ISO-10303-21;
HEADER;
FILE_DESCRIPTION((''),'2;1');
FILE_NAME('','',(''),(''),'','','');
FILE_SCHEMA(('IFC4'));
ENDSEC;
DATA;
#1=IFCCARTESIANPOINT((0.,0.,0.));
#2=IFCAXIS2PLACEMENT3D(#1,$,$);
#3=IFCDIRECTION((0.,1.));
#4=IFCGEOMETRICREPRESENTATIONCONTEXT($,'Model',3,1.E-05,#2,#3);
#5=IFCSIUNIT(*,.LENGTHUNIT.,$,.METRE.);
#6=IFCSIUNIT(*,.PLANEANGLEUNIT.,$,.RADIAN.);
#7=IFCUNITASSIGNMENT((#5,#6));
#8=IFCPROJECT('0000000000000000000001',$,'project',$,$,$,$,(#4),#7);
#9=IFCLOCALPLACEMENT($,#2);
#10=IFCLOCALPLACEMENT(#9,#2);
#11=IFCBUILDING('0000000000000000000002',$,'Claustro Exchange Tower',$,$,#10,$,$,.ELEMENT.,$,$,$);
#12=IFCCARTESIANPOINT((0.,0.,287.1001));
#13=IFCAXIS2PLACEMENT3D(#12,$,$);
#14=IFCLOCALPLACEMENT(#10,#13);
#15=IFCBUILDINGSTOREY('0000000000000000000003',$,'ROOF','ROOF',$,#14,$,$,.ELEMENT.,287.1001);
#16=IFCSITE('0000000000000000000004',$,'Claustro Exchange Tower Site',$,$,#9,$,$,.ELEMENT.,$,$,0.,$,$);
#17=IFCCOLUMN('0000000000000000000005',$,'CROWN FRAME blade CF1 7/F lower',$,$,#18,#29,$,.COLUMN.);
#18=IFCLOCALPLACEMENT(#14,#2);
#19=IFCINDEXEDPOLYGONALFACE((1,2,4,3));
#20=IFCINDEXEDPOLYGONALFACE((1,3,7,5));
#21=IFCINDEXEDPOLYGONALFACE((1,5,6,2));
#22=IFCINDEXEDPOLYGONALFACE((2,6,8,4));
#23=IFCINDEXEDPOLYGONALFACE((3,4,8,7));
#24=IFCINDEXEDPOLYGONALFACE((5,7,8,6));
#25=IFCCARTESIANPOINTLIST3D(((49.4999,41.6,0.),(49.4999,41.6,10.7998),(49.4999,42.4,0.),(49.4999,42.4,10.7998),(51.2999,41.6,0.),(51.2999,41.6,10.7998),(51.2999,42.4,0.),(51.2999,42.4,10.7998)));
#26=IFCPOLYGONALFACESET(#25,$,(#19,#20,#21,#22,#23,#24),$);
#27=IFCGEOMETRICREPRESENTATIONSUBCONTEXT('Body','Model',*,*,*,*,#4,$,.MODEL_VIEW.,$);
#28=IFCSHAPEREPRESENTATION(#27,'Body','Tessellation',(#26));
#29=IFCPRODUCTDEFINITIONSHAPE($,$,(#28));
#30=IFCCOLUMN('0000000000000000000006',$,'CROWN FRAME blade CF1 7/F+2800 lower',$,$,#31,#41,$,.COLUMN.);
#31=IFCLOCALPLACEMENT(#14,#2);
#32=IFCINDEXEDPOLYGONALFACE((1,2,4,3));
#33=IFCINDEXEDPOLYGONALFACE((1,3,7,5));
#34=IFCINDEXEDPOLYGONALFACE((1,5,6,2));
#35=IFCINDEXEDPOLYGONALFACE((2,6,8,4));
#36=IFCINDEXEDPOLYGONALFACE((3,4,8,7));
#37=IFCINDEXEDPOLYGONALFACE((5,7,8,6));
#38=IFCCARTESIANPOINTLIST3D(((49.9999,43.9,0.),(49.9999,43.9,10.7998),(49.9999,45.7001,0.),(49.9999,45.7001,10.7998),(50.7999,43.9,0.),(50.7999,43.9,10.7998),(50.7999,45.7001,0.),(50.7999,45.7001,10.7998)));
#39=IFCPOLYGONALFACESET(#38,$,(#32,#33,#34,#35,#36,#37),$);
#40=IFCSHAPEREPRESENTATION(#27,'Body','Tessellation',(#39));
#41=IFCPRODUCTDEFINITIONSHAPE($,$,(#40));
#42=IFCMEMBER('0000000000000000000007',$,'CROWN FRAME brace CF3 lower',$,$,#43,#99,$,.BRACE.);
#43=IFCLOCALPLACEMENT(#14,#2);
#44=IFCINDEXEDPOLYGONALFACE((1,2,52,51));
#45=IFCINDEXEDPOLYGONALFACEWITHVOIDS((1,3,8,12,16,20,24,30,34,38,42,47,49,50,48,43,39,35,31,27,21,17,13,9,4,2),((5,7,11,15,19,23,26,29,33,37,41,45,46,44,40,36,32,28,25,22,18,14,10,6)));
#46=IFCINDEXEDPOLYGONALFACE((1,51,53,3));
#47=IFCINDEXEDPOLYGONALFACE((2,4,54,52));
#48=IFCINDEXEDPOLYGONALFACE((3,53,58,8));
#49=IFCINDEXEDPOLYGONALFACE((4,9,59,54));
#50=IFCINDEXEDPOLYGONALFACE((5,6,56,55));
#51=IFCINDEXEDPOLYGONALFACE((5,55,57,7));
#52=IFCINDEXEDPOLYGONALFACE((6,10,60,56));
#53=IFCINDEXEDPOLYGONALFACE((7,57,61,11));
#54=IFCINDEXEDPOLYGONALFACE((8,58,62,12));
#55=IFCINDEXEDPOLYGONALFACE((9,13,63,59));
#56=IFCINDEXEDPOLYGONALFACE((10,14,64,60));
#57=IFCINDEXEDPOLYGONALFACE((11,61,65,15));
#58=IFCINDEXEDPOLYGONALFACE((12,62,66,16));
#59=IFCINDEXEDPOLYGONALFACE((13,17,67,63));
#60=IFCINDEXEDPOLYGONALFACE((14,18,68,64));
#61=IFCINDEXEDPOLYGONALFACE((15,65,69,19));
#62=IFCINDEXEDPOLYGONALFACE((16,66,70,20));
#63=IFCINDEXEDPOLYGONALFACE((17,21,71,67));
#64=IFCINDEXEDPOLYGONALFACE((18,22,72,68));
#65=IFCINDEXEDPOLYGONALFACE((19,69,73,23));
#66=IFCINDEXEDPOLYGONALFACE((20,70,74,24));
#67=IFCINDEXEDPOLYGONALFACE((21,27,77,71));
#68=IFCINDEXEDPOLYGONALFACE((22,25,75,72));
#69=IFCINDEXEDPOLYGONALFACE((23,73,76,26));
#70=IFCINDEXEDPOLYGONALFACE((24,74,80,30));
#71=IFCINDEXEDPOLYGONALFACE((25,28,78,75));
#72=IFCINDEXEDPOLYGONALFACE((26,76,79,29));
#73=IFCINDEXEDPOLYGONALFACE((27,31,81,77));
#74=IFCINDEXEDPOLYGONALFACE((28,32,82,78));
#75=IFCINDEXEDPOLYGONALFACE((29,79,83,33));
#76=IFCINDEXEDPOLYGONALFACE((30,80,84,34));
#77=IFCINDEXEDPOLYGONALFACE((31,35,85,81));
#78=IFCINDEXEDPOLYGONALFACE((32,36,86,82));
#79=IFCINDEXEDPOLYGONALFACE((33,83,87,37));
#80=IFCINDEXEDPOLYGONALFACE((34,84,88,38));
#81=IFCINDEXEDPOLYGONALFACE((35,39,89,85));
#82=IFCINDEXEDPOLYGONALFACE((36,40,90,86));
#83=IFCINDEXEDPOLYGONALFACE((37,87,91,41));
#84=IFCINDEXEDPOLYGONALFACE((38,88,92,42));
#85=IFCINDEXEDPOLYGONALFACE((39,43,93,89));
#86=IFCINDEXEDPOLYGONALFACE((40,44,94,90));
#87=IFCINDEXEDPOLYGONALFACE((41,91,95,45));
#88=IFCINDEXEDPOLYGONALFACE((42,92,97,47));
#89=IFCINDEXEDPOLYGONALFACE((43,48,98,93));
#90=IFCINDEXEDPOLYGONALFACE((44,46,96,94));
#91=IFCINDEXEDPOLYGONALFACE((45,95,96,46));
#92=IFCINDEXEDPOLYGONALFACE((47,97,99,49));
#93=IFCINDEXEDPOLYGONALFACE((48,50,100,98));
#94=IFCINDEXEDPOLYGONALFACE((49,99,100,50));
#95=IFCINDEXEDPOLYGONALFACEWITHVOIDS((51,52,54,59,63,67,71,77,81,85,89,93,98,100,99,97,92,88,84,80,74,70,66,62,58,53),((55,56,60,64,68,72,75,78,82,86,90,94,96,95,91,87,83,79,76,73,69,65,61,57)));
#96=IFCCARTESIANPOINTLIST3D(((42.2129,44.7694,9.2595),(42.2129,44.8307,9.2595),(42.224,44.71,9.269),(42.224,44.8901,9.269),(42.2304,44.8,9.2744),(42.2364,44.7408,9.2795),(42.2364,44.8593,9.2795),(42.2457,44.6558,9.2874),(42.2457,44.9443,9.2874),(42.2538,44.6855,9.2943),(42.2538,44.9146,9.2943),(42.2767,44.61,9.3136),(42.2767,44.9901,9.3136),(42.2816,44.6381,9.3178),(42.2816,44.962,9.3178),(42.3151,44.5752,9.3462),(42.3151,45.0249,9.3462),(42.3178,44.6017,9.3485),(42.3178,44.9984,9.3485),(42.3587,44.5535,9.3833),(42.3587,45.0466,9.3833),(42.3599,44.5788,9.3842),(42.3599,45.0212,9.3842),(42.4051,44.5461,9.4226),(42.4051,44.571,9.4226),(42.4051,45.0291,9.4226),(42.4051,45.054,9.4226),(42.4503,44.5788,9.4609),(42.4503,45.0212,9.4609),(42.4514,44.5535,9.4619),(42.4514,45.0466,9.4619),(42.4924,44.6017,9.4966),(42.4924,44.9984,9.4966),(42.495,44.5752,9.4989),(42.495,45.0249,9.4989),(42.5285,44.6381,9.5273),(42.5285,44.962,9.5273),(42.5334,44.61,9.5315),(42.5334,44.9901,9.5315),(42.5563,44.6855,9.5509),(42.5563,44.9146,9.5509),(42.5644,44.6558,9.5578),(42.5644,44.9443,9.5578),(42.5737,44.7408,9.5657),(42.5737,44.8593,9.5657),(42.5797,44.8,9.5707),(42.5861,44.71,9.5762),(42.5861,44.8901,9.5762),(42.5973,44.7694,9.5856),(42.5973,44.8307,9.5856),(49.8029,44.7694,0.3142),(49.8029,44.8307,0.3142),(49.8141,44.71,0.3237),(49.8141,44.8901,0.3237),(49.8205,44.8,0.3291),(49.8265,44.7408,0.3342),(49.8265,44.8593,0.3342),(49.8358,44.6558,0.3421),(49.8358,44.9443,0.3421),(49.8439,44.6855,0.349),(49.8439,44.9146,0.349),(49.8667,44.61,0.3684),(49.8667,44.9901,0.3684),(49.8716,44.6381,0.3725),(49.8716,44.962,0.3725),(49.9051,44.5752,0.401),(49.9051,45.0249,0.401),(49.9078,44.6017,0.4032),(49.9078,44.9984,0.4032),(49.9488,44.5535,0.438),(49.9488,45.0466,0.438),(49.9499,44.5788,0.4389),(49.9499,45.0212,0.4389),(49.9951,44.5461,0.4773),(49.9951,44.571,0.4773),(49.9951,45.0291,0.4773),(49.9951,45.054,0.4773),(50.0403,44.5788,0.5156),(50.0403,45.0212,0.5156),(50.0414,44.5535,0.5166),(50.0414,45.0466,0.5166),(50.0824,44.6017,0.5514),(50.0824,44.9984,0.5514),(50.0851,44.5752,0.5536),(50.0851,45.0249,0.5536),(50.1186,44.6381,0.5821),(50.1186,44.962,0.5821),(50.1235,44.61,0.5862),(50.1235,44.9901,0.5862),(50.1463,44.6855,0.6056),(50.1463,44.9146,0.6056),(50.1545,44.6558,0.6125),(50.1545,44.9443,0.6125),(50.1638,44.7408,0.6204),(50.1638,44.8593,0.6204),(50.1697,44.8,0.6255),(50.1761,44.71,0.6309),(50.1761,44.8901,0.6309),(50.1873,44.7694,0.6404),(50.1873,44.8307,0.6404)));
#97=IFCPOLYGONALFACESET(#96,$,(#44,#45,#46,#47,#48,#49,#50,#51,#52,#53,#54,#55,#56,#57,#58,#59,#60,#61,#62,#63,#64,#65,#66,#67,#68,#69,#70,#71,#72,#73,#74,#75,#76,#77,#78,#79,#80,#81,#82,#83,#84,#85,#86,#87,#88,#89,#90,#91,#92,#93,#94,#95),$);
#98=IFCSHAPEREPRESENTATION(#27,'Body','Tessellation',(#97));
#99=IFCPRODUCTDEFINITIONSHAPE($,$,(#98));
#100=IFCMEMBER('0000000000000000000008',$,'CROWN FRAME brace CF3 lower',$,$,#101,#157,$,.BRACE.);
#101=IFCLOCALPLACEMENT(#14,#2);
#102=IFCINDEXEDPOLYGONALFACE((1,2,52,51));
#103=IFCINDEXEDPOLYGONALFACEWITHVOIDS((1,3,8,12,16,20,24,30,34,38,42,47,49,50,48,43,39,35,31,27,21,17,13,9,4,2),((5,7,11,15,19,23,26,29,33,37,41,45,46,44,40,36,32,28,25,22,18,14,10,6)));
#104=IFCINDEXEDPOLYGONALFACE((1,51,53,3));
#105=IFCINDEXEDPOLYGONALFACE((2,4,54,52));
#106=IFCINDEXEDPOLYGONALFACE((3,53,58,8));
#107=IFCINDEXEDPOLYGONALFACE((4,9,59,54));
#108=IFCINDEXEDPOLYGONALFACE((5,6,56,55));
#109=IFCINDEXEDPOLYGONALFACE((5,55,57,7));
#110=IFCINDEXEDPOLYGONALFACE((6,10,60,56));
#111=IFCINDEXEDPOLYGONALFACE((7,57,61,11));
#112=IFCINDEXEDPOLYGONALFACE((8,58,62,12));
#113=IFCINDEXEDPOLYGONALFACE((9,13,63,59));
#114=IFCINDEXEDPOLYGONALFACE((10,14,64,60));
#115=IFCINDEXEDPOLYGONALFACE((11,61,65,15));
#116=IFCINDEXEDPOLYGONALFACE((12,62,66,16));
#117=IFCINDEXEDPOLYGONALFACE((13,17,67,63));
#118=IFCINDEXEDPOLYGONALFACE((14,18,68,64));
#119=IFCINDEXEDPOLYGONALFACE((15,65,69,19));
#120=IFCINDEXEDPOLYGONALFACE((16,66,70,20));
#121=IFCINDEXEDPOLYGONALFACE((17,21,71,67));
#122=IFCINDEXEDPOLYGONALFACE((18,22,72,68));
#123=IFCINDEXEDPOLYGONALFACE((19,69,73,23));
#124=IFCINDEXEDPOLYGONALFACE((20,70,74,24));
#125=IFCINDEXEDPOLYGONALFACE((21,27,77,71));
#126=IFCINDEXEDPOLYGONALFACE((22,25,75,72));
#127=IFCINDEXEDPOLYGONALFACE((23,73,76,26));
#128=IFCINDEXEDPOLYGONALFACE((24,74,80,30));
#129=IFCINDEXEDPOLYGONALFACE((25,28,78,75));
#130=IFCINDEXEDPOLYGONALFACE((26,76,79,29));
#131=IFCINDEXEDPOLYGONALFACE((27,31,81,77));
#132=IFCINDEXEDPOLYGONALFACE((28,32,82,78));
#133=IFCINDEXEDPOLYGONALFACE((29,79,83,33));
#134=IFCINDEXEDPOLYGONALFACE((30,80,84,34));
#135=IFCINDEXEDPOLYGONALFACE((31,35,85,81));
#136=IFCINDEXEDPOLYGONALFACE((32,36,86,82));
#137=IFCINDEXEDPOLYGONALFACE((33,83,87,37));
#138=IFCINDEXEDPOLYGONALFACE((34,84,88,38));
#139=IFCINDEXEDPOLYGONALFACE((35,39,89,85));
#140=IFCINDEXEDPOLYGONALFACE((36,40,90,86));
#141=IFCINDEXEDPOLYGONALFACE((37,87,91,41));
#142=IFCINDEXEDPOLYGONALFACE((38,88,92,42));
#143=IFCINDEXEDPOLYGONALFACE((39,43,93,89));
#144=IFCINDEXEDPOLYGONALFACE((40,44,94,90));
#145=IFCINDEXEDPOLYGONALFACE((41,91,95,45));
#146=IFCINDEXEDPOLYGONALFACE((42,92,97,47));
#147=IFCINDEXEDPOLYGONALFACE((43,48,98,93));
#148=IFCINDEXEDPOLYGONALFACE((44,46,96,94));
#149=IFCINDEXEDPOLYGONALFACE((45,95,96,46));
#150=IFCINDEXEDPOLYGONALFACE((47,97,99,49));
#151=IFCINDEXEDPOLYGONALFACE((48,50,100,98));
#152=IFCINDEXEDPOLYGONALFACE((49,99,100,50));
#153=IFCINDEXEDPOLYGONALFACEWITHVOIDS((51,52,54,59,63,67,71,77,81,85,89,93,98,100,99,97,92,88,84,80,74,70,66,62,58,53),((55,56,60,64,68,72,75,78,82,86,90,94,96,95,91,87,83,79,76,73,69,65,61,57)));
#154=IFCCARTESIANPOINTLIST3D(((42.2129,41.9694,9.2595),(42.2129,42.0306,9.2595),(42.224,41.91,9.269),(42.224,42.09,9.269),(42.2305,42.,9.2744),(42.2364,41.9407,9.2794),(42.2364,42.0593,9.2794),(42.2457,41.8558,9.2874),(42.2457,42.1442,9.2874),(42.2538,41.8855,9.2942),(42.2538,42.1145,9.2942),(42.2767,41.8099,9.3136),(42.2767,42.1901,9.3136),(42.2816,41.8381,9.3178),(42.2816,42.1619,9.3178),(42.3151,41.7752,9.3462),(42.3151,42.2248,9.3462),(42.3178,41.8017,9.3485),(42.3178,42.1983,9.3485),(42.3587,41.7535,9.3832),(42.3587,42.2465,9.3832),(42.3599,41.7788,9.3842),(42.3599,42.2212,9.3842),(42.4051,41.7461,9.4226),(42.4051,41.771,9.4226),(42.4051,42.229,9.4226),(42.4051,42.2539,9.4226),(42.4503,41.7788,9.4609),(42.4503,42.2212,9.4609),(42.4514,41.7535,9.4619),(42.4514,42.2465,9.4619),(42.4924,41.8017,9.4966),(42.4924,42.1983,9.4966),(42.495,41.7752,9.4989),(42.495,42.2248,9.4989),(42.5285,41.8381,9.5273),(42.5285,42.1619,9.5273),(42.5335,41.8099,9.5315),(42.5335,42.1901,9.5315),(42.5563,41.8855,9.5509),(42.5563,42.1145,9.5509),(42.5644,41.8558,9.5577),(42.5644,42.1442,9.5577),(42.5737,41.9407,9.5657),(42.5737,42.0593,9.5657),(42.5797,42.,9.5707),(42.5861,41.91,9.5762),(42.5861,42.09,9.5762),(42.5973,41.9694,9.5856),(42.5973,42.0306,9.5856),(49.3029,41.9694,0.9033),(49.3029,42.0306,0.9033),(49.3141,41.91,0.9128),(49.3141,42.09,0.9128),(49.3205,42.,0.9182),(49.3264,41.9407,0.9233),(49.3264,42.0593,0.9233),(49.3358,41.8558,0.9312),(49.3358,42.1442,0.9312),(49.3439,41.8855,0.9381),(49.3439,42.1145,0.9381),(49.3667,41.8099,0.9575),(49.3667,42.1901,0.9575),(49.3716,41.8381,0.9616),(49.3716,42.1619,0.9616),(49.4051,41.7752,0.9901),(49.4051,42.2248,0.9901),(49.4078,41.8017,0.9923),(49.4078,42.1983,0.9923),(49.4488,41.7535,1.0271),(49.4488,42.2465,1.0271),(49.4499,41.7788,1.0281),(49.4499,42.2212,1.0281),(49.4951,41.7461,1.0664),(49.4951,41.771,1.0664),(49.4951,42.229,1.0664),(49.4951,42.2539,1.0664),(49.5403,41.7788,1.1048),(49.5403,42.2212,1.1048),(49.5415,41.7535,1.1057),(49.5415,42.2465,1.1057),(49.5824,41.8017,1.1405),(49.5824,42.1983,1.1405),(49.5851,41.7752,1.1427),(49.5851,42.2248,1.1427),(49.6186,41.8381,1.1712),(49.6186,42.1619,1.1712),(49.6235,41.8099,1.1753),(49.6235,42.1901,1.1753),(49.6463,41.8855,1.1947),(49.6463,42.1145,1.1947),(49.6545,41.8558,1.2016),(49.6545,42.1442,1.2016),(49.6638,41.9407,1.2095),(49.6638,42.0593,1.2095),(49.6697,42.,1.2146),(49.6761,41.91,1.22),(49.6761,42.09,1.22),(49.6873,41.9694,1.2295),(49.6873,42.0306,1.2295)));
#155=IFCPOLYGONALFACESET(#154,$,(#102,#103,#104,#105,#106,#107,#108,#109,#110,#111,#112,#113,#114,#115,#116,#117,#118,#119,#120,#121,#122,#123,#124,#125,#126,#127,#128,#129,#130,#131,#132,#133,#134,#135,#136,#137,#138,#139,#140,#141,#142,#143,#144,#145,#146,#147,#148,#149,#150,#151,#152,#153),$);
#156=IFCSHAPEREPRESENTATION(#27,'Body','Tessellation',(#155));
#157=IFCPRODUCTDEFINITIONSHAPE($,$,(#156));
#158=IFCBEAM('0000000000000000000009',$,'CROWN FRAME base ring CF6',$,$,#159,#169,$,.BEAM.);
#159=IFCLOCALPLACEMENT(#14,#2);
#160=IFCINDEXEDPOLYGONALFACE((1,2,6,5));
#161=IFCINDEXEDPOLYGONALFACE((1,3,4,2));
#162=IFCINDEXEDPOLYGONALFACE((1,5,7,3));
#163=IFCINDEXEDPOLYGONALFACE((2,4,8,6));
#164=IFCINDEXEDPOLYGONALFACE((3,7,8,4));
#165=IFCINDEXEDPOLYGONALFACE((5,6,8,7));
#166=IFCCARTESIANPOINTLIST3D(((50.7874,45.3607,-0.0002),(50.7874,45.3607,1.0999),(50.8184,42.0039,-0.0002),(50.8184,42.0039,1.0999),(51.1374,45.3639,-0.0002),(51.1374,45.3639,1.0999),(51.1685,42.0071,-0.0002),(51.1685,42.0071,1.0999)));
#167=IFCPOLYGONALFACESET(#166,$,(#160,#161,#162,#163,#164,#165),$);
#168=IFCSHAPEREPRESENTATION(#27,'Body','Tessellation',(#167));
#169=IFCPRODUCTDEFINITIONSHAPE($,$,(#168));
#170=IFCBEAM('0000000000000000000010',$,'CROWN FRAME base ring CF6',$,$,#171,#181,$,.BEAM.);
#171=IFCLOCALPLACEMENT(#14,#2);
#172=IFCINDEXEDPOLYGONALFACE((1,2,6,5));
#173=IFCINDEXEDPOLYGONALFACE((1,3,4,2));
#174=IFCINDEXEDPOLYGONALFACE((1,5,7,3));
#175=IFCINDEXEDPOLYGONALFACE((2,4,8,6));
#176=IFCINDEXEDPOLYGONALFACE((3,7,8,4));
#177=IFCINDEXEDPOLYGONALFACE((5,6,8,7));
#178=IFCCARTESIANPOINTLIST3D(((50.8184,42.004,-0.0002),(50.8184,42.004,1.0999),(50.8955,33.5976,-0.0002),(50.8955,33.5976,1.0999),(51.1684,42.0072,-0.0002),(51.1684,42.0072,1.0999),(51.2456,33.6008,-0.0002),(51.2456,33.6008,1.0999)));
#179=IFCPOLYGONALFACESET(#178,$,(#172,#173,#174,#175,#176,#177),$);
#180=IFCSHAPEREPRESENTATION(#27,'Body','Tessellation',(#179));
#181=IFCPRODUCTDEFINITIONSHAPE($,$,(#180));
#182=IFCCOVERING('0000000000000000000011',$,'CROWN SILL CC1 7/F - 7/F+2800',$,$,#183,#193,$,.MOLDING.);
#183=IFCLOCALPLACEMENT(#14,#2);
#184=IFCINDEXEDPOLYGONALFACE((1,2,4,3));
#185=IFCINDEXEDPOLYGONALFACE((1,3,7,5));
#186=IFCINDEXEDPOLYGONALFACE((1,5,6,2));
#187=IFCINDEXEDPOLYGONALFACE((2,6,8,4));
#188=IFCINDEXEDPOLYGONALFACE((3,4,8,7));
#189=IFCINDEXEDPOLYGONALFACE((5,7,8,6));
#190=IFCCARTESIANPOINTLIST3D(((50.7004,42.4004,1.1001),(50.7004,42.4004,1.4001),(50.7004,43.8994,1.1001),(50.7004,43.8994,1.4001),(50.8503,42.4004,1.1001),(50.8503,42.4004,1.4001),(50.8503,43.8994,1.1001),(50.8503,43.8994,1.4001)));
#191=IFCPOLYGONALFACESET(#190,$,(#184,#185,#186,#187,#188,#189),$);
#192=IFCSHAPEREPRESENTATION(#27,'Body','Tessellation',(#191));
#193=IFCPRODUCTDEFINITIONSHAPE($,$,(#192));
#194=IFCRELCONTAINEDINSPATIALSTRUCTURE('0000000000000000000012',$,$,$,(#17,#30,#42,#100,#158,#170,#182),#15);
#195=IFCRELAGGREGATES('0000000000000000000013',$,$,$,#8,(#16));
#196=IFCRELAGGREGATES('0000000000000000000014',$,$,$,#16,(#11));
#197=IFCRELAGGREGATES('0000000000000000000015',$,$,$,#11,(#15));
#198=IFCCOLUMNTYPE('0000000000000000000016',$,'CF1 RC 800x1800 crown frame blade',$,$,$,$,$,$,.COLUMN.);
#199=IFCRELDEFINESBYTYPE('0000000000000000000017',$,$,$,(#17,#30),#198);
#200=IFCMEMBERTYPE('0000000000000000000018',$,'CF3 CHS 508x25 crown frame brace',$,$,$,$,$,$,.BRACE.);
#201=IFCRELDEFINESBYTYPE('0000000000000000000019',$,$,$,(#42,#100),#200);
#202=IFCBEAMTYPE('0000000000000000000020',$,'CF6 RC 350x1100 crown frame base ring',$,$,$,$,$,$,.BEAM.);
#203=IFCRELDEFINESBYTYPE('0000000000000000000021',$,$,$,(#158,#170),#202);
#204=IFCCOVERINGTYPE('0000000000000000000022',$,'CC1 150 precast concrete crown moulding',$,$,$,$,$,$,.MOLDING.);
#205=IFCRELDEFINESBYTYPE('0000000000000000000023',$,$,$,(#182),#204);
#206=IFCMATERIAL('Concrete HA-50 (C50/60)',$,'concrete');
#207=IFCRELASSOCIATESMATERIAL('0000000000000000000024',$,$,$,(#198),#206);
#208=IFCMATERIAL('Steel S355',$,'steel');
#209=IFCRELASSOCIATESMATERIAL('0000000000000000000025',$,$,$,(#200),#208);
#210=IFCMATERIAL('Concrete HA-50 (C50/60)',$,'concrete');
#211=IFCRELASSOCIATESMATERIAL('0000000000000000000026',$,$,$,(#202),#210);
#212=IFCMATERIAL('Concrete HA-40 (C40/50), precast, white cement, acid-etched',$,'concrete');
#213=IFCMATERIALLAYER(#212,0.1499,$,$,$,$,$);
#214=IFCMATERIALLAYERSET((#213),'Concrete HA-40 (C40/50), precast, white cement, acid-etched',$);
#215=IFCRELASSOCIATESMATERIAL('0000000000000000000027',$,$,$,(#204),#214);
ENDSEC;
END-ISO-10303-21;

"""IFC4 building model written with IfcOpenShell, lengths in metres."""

from ifc_helpers import new_model, si_unit, direction, frame, origin, origin_2d, place, context, subcontext, project, spatial, rectangle, hollow_circle, extrude, material, layer, layer_set, material_profile, profile_set, type_object, element, save


model = new_model("IFC4")

# Units and contexts
model_context = context("Model", 3, precision=1e-05, world=origin(), true_north=direction((0.0, 1.0)))
body_context = subcontext(model_context, "Body", "Model", "MODEL_VIEW")
ifc_project = project(units=[si_unit("LENGTHUNIT", "METRE"), si_unit("PLANEANGLEUNIT", "RADIAN")], contexts=[model_context])

# Site, building, storey
site_placement = place(None, origin())
site = spatial("IfcSite", under=ifc_project, at=site_placement, Name="Claustro Exchange Tower Site", CompositionType="ELEMENT", RefElevation=0.0)
building_placement = place(site_placement, origin())
building = spatial("IfcBuilding", under=site, at=building_placement, Name="Claustro Exchange Tower", CompositionType="ELEMENT")
storey_placement = place(building_placement, frame((0.0, 0.0, 287.1001)))
storey = spatial("IfcBuildingStorey", under=building, at=storey_placement, Name="ROOF", Description="ROOF", CompositionType="ELEMENT", Elevation=287.1001)

# Columns
ifc_material_1 = material(Name="Concrete HA-50 (C50/60)", Category="concrete")
ifc_material_profile_1 = material_profile(ifc_material_1, rectangle(XDim=0.8, YDim=1.8, at=origin_2d()), Name="RC 800x1800")
ifc_profile_set_1 = profile_set([ifc_material_profile_1], Name="Concrete HA-50 (C50/60)")
column_type = type_object("IfcColumnType", Name="CF1 RC 800x1800 crown frame blade", PredefinedType="COLUMN", material=ifc_profile_set_1)
for number, where, z_axis, x_axis, name in (
    (1, (50.3999, 42.0, 0.0), (0.0, 0.0, 1.0), (0.0, 1.0, 0.0), "CROWN FRAME blade CF1 7/F lower"),
    (2, (50.3999, 44.8, 0.0), (0.0, 0.0, 1.0), (1.0, 0.0, 0.0), "CROWN FRAME blade CF1 7/F+2800 lower"),
):
    element("IfcColumn", number, at=place(storey_placement, frame(where, z_axis=z_axis, x_axis=x_axis)), inside=storey, type_object=column_type, Name=name, PredefinedType="COLUMN", context=body_context, shape_type="SweptSolid", body=[
        extrude(rectangle(XDim=0.8, YDim=1.8, at=origin_2d()), origin(), (0.0, 0.0, 1.0), 10.7998),
    ])

# Members
ifc_material_2 = material(Name="Steel S355", Category="steel")
ifc_material_profile_2 = material_profile(ifc_material_2, hollow_circle(Radius=0.2539, WallThickness=0.0249, at=origin_2d()), Name="CHS 508x25")
ifc_profile_set_2 = profile_set([ifc_material_profile_2], Name="Steel S355")
member_type = type_object("IfcMemberType", Name="CF3 CHS 508x25 crown frame brace", PredefinedType="BRACE", material=ifc_profile_set_2)
member_1_placement = place(storey_placement, frame((49.9951, 44.8, 0.4773), z_axis=(-0.646984, 0.0, 0.762504), x_axis=(0.0, -1.0, 0.0)))
element("IfcMember", 3, at=member_1_placement, inside=storey, type_object=member_type, Name="CROWN FRAME brace CF3 lower", PredefinedType="BRACE", context=body_context, shape_type="SweptSolid", body=[
    extrude(hollow_circle(Radius=0.2539, WallThickness=0.0249, at=origin_2d()), origin(), (0.0, 0.0, 1.0), 11.7314),
])
member_2_placement = place(storey_placement, frame((49.4951, 42.0, 1.0664), z_axis=(-0.646976, 0.0, 0.76251), x_axis=(0.0, -1.0, 0.0)))
element("IfcMember", 4, at=member_2_placement, inside=storey, type_object=member_type, Name="CROWN FRAME brace CF3 lower", PredefinedType="BRACE", context=body_context, shape_type="SweptSolid", body=[
    extrude(hollow_circle(Radius=0.2539, WallThickness=0.0249, at=origin_2d()), origin(), (0.0, 0.0, 1.0), 10.9587),
])

# Beams
ifc_material_3 = material(Name="Concrete HA-50 (C50/60)", Category="concrete")
ifc_material_profile_3 = material_profile(ifc_material_3, rectangle(XDim=0.3501, YDim=1.1001, at=origin_2d()), Name="RC 350x1100")
ifc_profile_set_3 = profile_set([ifc_material_profile_3], Name="Concrete HA-50 (C50/60)")
beam_type = type_object("IfcBeamType", Name="CF6 RC 350x1100 crown frame base ring", PredefinedType="BEAM", material=ifc_profile_set_3)
beam_1_placement = place(storey_placement, frame((50.9624, 45.3623, 0.5498), z_axis=(0.009237, -0.999957, 0.0), x_axis=(0.999957, 0.009237, 0.0)))
element("IfcBeam", 5, at=beam_1_placement, inside=storey, type_object=beam_type, Name="CROWN FRAME base ring CF6", PredefinedType="BEAM", context=body_context, shape_type="SweptSolid", body=[
    extrude(rectangle(XDim=0.3501, YDim=1.1001, at=origin_2d()), origin(), (0.0, 0.0, 1.0), 3.3569),
])
beam_2_placement = place(storey_placement, frame((50.9934, 42.0056, 0.5498), z_axis=(0.009177, -0.999958, 0.0), x_axis=(0.999958, 0.009177, 0.0)))
element("IfcBeam", 6, at=beam_2_placement, inside=storey, type_object=beam_type, Name="CROWN FRAME base ring CF6", PredefinedType="BEAM", context=body_context, shape_type="SweptSolid", body=[
    extrude(rectangle(XDim=0.3501, YDim=1.1001, at=origin_2d()), origin(), (0.0, 0.0, 1.0), 8.4067),
])

# Covering
ifc_material_4 = material(Name="Concrete HA-40 (C40/50), precast, white cement, acid-etched", Category="concrete")
ifc_layer_1 = layer(ifc_material_4, 0.1499)
ifc_layer_set_1 = layer_set([ifc_layer_1], Name="Concrete HA-40 (C40/50), precast, white cement, acid-etched")
covering_type_1 = type_object("IfcCoveringType", Name="CC1 150 precast concrete crown moulding", PredefinedType="MOLDING", material=ifc_layer_set_1)
covering_1_placement = place(storey_placement, frame((50.7754, 43.1499, 1.1001), z_axis=(0.0, 0.0, 1.0), x_axis=(0.0, 1.0, 0.0)))
element("IfcCovering", 7, at=covering_1_placement, inside=storey, type_object=covering_type_1, Name="CROWN SILL CC1 7/F - 7/F+2800", PredefinedType="MOLDING", context=body_context, shape_type="SweptSolid", body=[
    extrude(rectangle(XDim=1.499, YDim=0.1499, at=origin_2d()), origin(), (0.0, 0.0, 1.0), 0.3),
])

save(model, "model.ifc")
